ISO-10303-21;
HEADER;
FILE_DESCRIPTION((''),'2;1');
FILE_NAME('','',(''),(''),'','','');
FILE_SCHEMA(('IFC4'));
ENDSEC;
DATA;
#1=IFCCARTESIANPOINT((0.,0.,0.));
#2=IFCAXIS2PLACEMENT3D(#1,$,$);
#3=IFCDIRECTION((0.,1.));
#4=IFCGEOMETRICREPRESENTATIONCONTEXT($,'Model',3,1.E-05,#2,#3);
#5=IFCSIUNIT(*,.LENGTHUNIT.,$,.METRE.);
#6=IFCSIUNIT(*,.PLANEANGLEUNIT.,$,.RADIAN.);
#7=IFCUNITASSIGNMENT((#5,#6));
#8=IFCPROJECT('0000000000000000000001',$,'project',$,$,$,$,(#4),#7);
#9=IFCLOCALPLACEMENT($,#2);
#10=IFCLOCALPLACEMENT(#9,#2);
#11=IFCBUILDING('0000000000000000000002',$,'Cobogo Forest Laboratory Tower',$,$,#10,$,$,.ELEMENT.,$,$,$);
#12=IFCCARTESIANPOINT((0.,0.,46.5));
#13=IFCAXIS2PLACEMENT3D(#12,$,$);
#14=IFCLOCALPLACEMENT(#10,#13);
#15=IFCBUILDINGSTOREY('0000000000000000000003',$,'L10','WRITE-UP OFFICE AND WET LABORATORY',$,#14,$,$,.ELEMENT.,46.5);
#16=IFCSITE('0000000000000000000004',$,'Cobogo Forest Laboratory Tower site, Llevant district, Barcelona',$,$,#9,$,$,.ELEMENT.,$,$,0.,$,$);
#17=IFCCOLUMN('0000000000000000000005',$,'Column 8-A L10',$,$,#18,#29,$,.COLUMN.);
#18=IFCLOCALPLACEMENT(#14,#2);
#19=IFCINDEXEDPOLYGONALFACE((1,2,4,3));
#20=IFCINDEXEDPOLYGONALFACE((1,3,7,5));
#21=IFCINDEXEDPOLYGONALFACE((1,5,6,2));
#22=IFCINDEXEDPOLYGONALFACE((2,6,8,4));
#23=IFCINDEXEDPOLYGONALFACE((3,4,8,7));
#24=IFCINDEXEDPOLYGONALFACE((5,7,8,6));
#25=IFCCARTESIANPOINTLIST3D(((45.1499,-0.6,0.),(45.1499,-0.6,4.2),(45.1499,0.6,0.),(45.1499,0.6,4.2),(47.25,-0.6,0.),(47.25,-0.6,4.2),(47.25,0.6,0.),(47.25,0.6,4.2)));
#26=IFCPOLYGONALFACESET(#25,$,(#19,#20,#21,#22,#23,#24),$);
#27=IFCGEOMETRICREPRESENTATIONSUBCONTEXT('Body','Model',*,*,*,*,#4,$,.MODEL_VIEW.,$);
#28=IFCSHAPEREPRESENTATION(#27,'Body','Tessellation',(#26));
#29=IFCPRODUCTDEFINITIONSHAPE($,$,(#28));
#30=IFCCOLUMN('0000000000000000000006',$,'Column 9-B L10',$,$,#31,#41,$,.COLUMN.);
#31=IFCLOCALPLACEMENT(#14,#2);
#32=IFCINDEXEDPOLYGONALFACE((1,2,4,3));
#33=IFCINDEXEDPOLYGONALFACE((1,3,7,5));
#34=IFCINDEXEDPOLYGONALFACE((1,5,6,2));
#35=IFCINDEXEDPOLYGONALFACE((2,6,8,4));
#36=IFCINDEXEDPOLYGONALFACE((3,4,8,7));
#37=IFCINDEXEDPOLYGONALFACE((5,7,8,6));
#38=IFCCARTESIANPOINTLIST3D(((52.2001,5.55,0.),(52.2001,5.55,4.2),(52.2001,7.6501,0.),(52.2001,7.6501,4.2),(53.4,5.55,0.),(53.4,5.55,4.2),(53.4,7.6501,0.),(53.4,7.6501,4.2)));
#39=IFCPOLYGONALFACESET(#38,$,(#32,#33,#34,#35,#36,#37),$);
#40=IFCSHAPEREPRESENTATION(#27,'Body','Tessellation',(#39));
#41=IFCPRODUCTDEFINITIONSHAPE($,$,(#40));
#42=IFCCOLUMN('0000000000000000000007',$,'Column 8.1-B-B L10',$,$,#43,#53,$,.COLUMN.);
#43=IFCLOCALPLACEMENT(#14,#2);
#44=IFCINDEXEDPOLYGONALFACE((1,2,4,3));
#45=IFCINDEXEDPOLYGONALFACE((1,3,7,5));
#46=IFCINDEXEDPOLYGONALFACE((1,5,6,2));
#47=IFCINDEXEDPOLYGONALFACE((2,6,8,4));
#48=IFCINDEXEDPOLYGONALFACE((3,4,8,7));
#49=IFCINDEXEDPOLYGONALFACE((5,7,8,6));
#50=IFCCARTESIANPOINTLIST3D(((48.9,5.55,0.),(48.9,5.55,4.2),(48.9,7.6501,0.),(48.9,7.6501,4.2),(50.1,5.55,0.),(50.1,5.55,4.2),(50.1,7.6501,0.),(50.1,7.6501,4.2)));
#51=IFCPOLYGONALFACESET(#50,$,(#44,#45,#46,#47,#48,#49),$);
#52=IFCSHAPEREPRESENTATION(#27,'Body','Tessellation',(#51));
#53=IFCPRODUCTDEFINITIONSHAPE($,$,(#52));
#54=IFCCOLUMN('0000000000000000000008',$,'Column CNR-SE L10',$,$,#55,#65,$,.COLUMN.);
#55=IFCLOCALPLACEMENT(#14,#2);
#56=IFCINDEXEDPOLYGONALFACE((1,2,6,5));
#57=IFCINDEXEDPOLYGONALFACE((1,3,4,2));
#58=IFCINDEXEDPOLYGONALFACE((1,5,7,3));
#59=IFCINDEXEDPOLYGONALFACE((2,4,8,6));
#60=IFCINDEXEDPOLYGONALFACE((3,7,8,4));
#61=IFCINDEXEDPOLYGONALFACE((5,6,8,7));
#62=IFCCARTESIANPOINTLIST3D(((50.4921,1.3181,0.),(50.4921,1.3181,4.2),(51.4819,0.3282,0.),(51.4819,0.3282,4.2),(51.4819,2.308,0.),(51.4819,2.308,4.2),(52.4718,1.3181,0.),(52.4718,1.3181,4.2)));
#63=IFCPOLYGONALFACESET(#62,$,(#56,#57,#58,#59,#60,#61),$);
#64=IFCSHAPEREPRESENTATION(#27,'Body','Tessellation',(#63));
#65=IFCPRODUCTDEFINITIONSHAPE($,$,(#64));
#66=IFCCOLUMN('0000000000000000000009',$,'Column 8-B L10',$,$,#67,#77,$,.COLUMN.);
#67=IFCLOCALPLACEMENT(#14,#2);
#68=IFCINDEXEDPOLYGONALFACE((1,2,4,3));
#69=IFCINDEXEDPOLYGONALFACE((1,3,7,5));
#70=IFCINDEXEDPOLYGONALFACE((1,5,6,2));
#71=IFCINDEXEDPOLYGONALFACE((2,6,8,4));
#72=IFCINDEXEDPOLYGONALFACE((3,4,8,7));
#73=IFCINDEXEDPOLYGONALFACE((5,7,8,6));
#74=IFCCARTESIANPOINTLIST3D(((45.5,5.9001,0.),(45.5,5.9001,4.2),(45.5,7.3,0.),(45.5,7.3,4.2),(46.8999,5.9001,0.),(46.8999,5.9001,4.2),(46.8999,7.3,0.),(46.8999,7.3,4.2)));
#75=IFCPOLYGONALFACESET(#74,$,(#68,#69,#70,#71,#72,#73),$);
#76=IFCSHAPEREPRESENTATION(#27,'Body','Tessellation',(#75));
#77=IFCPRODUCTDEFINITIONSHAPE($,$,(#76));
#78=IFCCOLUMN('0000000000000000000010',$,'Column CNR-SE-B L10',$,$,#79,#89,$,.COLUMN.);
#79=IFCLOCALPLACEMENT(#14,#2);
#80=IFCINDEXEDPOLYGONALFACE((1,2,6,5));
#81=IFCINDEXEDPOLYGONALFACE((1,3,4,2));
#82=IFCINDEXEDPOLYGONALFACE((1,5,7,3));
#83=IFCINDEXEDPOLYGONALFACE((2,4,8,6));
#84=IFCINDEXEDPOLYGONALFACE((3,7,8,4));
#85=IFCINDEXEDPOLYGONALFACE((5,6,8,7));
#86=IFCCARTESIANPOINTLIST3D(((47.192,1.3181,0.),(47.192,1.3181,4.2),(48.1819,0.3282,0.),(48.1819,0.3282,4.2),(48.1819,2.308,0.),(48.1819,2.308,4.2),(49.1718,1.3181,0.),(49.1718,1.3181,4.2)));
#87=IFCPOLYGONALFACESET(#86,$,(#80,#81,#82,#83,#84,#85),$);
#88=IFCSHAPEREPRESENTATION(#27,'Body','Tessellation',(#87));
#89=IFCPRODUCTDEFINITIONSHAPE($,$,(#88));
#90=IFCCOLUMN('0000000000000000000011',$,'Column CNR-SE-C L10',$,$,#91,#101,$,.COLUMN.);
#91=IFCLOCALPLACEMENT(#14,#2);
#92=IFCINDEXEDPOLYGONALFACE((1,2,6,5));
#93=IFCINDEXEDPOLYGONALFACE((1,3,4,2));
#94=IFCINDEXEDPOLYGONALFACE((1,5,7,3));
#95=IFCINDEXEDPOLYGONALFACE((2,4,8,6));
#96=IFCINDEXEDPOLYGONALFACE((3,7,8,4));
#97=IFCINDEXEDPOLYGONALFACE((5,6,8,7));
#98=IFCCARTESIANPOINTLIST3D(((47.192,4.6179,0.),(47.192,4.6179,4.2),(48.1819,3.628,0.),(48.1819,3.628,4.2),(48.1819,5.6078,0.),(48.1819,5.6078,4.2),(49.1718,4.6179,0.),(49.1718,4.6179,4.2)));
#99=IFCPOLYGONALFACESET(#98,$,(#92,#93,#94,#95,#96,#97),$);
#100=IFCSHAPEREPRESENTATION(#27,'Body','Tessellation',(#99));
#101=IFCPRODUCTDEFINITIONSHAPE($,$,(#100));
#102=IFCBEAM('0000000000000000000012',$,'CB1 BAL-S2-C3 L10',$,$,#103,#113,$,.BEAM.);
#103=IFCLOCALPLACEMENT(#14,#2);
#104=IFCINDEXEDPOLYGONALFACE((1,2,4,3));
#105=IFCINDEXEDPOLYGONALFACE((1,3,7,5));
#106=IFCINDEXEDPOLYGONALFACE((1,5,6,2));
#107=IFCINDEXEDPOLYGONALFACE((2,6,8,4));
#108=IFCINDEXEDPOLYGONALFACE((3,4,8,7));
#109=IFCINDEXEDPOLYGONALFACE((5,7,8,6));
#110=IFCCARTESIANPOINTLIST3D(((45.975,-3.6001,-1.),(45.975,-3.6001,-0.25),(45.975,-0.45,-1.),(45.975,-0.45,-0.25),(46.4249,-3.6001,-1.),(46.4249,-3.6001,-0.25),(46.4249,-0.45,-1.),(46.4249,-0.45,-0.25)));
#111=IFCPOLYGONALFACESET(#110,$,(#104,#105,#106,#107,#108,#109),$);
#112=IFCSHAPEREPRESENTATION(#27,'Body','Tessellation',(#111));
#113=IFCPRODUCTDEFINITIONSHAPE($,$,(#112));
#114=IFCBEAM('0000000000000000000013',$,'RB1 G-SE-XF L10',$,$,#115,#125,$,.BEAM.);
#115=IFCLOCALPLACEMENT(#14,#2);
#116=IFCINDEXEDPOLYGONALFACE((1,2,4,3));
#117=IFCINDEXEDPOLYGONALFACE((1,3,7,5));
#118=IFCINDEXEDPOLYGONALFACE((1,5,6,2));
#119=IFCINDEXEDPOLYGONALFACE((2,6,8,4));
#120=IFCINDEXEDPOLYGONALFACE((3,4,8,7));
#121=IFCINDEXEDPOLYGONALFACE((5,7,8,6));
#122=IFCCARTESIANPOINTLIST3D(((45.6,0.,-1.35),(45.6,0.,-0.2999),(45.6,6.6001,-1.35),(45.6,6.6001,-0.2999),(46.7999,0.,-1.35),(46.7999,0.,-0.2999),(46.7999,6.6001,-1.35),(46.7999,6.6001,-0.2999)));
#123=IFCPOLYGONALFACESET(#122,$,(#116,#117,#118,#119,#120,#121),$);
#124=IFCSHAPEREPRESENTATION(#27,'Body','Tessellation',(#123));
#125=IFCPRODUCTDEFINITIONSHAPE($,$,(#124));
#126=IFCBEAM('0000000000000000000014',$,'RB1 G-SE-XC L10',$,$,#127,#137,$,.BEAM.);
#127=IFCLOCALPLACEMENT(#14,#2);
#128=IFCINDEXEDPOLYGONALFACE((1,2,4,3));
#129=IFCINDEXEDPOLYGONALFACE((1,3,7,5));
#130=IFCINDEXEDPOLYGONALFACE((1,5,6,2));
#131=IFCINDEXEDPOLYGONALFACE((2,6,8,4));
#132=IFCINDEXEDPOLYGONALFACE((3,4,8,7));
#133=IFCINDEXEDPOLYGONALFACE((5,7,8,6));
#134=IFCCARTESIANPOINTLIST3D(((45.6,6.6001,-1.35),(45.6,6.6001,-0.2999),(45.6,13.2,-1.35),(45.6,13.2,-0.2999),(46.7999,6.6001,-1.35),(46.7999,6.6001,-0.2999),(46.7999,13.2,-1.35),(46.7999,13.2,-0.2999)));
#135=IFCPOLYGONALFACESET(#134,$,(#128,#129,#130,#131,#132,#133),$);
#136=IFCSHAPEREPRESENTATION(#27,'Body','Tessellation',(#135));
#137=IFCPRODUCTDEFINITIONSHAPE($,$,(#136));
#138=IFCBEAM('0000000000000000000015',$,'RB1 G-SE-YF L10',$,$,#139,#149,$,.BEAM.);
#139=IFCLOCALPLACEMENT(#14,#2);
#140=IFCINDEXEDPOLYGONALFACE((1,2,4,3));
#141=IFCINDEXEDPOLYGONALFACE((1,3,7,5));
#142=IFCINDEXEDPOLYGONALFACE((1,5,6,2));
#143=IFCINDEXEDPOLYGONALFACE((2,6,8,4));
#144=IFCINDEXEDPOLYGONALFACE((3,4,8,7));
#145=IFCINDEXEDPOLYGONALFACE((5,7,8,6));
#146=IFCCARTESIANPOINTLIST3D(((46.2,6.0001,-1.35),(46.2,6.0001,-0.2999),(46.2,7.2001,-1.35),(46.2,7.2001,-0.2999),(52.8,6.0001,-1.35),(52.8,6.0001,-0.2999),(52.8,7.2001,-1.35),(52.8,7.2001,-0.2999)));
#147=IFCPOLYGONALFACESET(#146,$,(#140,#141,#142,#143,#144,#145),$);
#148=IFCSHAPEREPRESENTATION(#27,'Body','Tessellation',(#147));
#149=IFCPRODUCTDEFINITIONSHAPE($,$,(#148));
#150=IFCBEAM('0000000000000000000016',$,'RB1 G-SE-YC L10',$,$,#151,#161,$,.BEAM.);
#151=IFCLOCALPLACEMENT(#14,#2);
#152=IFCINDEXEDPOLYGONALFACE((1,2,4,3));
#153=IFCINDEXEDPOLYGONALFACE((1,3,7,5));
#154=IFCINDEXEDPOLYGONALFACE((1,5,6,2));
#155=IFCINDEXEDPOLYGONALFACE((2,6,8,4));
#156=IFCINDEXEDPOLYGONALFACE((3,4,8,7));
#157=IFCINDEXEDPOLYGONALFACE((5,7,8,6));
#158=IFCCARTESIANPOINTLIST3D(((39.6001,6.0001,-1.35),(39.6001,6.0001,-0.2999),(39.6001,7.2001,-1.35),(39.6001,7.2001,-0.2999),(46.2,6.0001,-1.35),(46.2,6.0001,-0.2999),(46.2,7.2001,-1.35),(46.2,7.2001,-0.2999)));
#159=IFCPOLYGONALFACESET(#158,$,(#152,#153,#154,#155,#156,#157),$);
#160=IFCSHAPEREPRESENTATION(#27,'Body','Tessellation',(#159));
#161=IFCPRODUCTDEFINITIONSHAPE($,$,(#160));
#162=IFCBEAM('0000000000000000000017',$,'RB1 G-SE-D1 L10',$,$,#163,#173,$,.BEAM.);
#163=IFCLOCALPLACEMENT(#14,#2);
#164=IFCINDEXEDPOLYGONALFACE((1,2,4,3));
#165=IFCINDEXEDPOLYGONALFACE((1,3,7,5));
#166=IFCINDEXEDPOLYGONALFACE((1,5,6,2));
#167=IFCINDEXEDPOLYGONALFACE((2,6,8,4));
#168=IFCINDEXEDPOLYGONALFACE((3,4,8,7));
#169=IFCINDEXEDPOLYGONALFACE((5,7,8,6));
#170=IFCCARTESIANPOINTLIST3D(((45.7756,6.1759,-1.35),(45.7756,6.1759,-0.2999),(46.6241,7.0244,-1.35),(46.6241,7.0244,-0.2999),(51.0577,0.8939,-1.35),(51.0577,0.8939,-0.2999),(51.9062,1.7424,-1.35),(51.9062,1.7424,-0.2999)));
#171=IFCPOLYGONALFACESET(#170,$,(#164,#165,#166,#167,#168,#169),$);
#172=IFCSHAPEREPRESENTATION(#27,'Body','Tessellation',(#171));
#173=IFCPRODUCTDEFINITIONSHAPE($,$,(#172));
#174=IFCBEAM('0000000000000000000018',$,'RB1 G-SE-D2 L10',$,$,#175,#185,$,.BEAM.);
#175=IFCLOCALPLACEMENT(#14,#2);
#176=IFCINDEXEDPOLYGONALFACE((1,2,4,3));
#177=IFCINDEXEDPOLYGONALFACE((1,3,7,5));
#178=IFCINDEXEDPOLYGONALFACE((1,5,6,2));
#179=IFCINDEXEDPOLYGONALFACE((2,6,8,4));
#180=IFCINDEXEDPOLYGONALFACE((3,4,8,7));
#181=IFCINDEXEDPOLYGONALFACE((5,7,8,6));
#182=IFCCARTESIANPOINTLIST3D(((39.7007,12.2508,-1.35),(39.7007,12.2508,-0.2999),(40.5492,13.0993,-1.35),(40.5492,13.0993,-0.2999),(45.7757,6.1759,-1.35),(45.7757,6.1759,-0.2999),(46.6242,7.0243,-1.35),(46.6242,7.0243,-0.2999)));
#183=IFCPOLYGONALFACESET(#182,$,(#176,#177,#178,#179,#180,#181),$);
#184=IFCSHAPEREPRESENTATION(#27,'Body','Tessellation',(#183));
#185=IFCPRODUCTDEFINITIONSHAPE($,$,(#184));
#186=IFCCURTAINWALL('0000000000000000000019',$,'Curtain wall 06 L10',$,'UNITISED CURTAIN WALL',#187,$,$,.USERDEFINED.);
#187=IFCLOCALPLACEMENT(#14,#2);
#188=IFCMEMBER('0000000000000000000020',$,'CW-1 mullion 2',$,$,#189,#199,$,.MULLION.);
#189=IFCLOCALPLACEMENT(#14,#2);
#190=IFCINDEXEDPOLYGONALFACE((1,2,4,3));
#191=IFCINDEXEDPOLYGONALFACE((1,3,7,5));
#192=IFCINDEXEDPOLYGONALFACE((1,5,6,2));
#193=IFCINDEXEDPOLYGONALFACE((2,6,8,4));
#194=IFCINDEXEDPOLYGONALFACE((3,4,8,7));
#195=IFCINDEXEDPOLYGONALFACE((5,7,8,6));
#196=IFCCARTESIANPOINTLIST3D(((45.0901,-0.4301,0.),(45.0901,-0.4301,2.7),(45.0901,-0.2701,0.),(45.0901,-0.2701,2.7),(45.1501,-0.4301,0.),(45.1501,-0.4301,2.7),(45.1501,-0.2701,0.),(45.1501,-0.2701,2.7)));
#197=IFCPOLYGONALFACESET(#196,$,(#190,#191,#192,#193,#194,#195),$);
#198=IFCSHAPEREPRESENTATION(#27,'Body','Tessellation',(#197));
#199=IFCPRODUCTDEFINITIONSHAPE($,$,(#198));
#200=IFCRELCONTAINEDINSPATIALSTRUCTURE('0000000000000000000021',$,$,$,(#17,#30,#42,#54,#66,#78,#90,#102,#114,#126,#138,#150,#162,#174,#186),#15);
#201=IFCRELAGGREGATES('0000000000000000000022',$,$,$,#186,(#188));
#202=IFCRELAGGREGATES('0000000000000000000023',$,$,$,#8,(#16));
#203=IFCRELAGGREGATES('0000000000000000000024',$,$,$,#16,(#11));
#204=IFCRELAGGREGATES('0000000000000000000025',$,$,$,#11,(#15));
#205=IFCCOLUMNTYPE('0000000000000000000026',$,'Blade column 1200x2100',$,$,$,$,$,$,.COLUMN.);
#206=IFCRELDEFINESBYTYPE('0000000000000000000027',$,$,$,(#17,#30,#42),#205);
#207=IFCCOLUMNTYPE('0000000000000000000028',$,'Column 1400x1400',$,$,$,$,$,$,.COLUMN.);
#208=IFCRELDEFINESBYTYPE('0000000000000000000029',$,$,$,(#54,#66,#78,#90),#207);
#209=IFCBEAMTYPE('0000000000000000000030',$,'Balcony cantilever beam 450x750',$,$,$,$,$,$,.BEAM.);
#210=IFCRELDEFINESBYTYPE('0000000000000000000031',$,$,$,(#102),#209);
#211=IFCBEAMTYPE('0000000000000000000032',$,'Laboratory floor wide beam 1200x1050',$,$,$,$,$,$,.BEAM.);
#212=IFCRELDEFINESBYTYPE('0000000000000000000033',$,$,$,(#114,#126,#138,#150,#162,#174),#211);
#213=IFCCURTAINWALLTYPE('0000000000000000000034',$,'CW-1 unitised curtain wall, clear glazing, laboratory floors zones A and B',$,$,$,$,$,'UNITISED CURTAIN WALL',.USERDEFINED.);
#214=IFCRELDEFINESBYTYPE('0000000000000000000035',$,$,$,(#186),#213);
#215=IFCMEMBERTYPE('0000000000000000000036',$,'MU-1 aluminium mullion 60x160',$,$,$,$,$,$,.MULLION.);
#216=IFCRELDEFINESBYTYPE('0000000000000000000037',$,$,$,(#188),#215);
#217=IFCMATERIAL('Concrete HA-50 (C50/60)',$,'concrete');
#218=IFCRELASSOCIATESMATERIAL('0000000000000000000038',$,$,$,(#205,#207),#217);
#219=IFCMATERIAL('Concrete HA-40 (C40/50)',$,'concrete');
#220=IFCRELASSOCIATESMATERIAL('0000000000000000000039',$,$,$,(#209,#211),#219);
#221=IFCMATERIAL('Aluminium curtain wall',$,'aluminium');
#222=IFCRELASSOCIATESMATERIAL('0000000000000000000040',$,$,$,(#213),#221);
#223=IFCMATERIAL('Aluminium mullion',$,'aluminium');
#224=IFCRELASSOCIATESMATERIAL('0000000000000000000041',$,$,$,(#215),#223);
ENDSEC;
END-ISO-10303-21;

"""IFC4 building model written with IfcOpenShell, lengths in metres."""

from ifc_helpers import new_model, si_unit, direction, frame, origin, origin_2d, place, context, subcontext, project, spatial, rectangle, extrude, material, material_profile, profile_set, type_object, element, aggregate, save


model = new_model("IFC4")

# Units and contexts
model_context = context("Model", 3, precision=1e-05, world=origin(), true_north=direction((0.0, 1.0)))
body_context = subcontext(model_context, "Body", "Model", "MODEL_VIEW")
ifc_project = project(units=[si_unit("LENGTHUNIT", "METRE"), si_unit("PLANEANGLEUNIT", "RADIAN")], contexts=[model_context])

# Site, building, storey
site_placement = place(None, origin())
site = spatial("IfcSite", under=ifc_project, at=site_placement, Name="Cobogo Forest Laboratory Tower site, Llevant district, Barcelona", CompositionType="ELEMENT", RefElevation=0.0)
building_placement = place(site_placement, origin())
building = spatial("IfcBuilding", under=site, at=building_placement, Name="Cobogo Forest Laboratory Tower", CompositionType="ELEMENT")
storey_placement = place(building_placement, frame((0.0, 0.0, 46.5)))
storey = spatial("IfcBuildingStorey", under=building, at=storey_placement, Name="L10", Description="WRITE-UP OFFICE AND WET LABORATORY", CompositionType="ELEMENT", Elevation=46.5)

# Columns
ifc_material_1 = material(Name="Concrete HA-50 (C50/60)", Category="concrete")
ifc_material_profile_1 = material_profile(ifc_material_1, rectangle(XDim=2.1001, YDim=1.2, at=origin_2d()), Name="RC 1200x2100")
ifc_profile_set_1 = profile_set([ifc_material_profile_1], Name="Concrete HA-50 (C50/60)")
column_type_1 = type_object("IfcColumnType", Name="Blade column 1200x2100", PredefinedType="COLUMN", material=ifc_profile_set_1)
for number, where, z_axis, x_axis, name in (
    (1, (46.2, 0.0, 0.0), (0.0, 0.0, 1.0), (1.0, 0.0, 0.0), "Column 8-A L10"),
    (2, (52.8, 6.6001, 0.0), (0.0, 0.0, 1.0), (0.0, 1.0, 0.0), "Column 9-B L10"),
    (3, (49.5, 6.6001, 0.0), (0.0, 0.0, 1.0), (0.0, 1.0, 0.0), "Column 8.1-B-B L10"),
):
    element("IfcColumn", number, at=place(storey_placement, frame(where, z_axis=z_axis, x_axis=x_axis)), inside=storey, type_object=column_type_1, Name=name, PredefinedType="COLUMN", context=body_context, shape_type="SweptSolid", body=[
        extrude(rectangle(XDim=2.1001, YDim=1.2, at=origin_2d()), origin(), (0.0, 0.0, 1.0), 4.2),
    ])
ifc_material_profile_2 = material_profile(ifc_material_1, rectangle(XDim=1.3999, YDim=1.3999, at=origin_2d()), Name="RC 1400x1400")
ifc_profile_set_2 = profile_set([ifc_material_profile_2], Name="Concrete HA-50 (C50/60)")
column_type_2 = type_object("IfcColumnType", Name="Column 1400x1400", PredefinedType="COLUMN", material=ifc_profile_set_2)
for number, where, z_axis, x_axis, name in (
    (4, (51.4819, 1.3181, 0.0), (0.0, 0.0, 1.0), (0.707107, 0.707107, 0.0), "Column CNR-SE L10"),
    (5, (46.2, 6.6001, 0.0), (0.0, 0.0, 1.0), (1.0, 0.0, 0.0), "Column 8-B L10"),
    (6, (48.1819, 1.3181, 0.0), (0.0, 0.0, 1.0), (0.707107, 0.707107, 0.0), "Column CNR-SE-B L10"),
    (7, (48.1819, 4.6179, 0.0), (0.0, 0.0, 1.0), (0.707107, 0.707107, 0.0), "Column CNR-SE-C L10"),
):
    element("IfcColumn", number, at=place(storey_placement, frame(where, z_axis=z_axis, x_axis=x_axis)), inside=storey, type_object=column_type_2, Name=name, PredefinedType="COLUMN", context=body_context, shape_type="SweptSolid", body=[
        extrude(rectangle(XDim=1.3999, YDim=1.3999, at=origin_2d()), origin(), (0.0, 0.0, 1.0), 4.2),
    ])

# Beams
ifc_material_2 = material(Name="Concrete HA-40 (C40/50)", Category="concrete")
ifc_material_profile_3 = material_profile(ifc_material_2, rectangle(XDim=0.45, YDim=0.75, at=origin_2d()), Name="RC 450x750")
ifc_profile_set_3 = profile_set([ifc_material_profile_3], Name="Concrete HA-40 (C40/50)")
beam_type_1 = type_object("IfcBeamType", Name="Balcony cantilever beam 450x750", PredefinedType="BEAM", material=ifc_profile_set_3)
beam_1_placement = place(storey_placement, frame((46.2, -0.45, -0.625), z_axis=(0.0, -1.0, 0.0), x_axis=(1.0, 0.0, 0.0)))
element("IfcBeam", 8, at=beam_1_placement, inside=storey, type_object=beam_type_1, Name="CB1 BAL-S2-C3 L10", PredefinedType="BEAM", context=body_context, shape_type="SweptSolid", body=[
    extrude(rectangle(XDim=0.45, YDim=0.75, at=origin_2d()), origin(), (0.0, 0.0, 1.0), 3.1501),
])
ifc_material_profile_4 = material_profile(ifc_material_2, rectangle(XDim=1.2, YDim=1.05, at=origin_2d()), Name="RC 1200x1050")
ifc_profile_set_4 = profile_set([ifc_material_profile_4], Name="Concrete HA-40 (C40/50)")
beam_type_2 = type_object("IfcBeamType", Name="Laboratory floor wide beam 1200x1050", PredefinedType="BEAM", material=ifc_profile_set_4)
beam_2_placement = place(storey_placement, frame((46.2, 0.0, -0.825), z_axis=(0.0, 1.0, 0.0), x_axis=(-1.0, 0.0, 0.0)))
element("IfcBeam", 9, at=beam_2_placement, inside=storey, type_object=beam_type_2, Name="RB1 G-SE-XF L10", PredefinedType="BEAM", context=body_context, shape_type="SweptSolid", body=[
    extrude(rectangle(XDim=1.2, YDim=1.05, at=origin_2d()), origin(), (0.0, 0.0, 1.0), 6.6001),
])
beam_3_placement = place(storey_placement, frame((46.2, 6.6001, -0.825), z_axis=(0.0, 1.0, 0.0), x_axis=(-1.0, 0.0, 0.0)))
element("IfcBeam", 10, at=beam_3_placement, inside=storey, type_object=beam_type_2, Name="RB1 G-SE-XC L10", PredefinedType="BEAM", context=body_context, shape_type="SweptSolid", body=[
    extrude(rectangle(XDim=1.2, YDim=1.05, at=origin_2d()), origin(), (0.0, 0.0, 1.0), 6.5999),
])
beam_4_placement = place(storey_placement, frame((52.8, 6.6001, -0.825), z_axis=(-1.0, 0.0, 0.0), x_axis=(0.0, -1.0, 0.0)))
element("IfcBeam", 11, at=beam_4_placement, inside=storey, type_object=beam_type_2, Name="RB1 G-SE-YF L10", PredefinedType="BEAM", context=body_context, shape_type="SweptSolid", body=[
    extrude(rectangle(XDim=1.2, YDim=1.05, at=origin_2d()), origin(), (0.0, 0.0, 1.0), 6.6001),
])
beam_5_placement = place(storey_placement, frame((46.2, 6.6001, -0.825), z_axis=(-1.0, 0.0, 0.0), x_axis=(0.0, -1.0, 0.0)))
element("IfcBeam", 12, at=beam_5_placement, inside=storey, type_object=beam_type_2, Name="RB1 G-SE-YC L10", PredefinedType="BEAM", context=body_context, shape_type="SweptSolid", body=[
    extrude(rectangle(XDim=1.2, YDim=1.05, at=origin_2d()), origin(), (0.0, 0.0, 1.0), 6.5999),
])
beam_6_placement = place(storey_placement, frame((51.4819, 1.3181, -0.825), z_axis=(-0.707107, 0.707107, 0.0), x_axis=(-0.707107, -0.707107, 0.0)))
element("IfcBeam", 13, at=beam_6_placement, inside=storey, type_object=beam_type_2, Name="RB1 G-SE-D1 L10", PredefinedType="BEAM", context=body_context, shape_type="SweptSolid", body=[
    extrude(rectangle(XDim=1.2, YDim=1.05, at=origin_2d()), origin(), (0.0, 0.0, 1.0), 7.47),
])
beam_7_placement = place(storey_placement, frame((46.2, 6.6001, -0.825), z_axis=(-0.707107, 0.707107, 0.0), x_axis=(-0.707107, -0.707107, 0.0)))
element("IfcBeam", 14, at=beam_7_placement, inside=storey, type_object=beam_type_2, Name="RB1 G-SE-D2 L10", PredefinedType="BEAM", context=body_context, shape_type="SweptSolid", body=[
    extrude(rectangle(XDim=1.2, YDim=1.05, at=origin_2d()), origin(), (0.0, 0.0, 1.0), 8.5913),
])

# Curtain wall, member
ifc_material_3 = material(Name="Aluminium curtain wall", Category="aluminium")
curtain_wall_type = type_object("IfcCurtainWallType", Name="CW-1 unitised curtain wall, clear glazing, laboratory floors zones A and B", ElementType="UNITISED CURTAIN WALL", PredefinedType="USERDEFINED", material=ifc_material_3)
curtain_wall_1_placement = place(storey_placement, origin())
curtain_wall_1 = element("IfcCurtainWall", 15, at=curtain_wall_1_placement, inside=storey, type_object=curtain_wall_type, Name="Curtain wall 06 L10", ObjectType="UNITISED CURTAIN WALL", PredefinedType="USERDEFINED")
ifc_material_4 = material(Name="Aluminium mullion", Category="aluminium")
ifc_material_profile_5 = material_profile(ifc_material_4, rectangle(XDim=0.0601, YDim=0.1599, at=origin_2d()), Name="AL 60x160")
ifc_profile_set_5 = profile_set([ifc_material_profile_5], Name="Aluminium mullion")
member_type_1 = type_object("IfcMemberType", Name="MU-1 aluminium mullion 60x160", PredefinedType="MULLION", material=ifc_profile_set_5)
member_1_placement = place(storey_placement, frame((45.1201, -0.3501, 0.0), z_axis=(0.0, 0.0, 1.0), x_axis=(1.0, 0.0, 0.0)))
member_1 = element("IfcMember", 16, at=member_1_placement, type_object=member_type_1, Name="CW-1 mullion 2", PredefinedType="MULLION", context=body_context, shape_type="SweptSolid", body=[
    extrude(rectangle(XDim=0.0601, YDim=0.1599, at=origin_2d()), origin(), (0.0, 0.0, 1.0), 2.7),
])
aggregate(curtain_wall_1, [member_1])

save(model, "model.ifc")
